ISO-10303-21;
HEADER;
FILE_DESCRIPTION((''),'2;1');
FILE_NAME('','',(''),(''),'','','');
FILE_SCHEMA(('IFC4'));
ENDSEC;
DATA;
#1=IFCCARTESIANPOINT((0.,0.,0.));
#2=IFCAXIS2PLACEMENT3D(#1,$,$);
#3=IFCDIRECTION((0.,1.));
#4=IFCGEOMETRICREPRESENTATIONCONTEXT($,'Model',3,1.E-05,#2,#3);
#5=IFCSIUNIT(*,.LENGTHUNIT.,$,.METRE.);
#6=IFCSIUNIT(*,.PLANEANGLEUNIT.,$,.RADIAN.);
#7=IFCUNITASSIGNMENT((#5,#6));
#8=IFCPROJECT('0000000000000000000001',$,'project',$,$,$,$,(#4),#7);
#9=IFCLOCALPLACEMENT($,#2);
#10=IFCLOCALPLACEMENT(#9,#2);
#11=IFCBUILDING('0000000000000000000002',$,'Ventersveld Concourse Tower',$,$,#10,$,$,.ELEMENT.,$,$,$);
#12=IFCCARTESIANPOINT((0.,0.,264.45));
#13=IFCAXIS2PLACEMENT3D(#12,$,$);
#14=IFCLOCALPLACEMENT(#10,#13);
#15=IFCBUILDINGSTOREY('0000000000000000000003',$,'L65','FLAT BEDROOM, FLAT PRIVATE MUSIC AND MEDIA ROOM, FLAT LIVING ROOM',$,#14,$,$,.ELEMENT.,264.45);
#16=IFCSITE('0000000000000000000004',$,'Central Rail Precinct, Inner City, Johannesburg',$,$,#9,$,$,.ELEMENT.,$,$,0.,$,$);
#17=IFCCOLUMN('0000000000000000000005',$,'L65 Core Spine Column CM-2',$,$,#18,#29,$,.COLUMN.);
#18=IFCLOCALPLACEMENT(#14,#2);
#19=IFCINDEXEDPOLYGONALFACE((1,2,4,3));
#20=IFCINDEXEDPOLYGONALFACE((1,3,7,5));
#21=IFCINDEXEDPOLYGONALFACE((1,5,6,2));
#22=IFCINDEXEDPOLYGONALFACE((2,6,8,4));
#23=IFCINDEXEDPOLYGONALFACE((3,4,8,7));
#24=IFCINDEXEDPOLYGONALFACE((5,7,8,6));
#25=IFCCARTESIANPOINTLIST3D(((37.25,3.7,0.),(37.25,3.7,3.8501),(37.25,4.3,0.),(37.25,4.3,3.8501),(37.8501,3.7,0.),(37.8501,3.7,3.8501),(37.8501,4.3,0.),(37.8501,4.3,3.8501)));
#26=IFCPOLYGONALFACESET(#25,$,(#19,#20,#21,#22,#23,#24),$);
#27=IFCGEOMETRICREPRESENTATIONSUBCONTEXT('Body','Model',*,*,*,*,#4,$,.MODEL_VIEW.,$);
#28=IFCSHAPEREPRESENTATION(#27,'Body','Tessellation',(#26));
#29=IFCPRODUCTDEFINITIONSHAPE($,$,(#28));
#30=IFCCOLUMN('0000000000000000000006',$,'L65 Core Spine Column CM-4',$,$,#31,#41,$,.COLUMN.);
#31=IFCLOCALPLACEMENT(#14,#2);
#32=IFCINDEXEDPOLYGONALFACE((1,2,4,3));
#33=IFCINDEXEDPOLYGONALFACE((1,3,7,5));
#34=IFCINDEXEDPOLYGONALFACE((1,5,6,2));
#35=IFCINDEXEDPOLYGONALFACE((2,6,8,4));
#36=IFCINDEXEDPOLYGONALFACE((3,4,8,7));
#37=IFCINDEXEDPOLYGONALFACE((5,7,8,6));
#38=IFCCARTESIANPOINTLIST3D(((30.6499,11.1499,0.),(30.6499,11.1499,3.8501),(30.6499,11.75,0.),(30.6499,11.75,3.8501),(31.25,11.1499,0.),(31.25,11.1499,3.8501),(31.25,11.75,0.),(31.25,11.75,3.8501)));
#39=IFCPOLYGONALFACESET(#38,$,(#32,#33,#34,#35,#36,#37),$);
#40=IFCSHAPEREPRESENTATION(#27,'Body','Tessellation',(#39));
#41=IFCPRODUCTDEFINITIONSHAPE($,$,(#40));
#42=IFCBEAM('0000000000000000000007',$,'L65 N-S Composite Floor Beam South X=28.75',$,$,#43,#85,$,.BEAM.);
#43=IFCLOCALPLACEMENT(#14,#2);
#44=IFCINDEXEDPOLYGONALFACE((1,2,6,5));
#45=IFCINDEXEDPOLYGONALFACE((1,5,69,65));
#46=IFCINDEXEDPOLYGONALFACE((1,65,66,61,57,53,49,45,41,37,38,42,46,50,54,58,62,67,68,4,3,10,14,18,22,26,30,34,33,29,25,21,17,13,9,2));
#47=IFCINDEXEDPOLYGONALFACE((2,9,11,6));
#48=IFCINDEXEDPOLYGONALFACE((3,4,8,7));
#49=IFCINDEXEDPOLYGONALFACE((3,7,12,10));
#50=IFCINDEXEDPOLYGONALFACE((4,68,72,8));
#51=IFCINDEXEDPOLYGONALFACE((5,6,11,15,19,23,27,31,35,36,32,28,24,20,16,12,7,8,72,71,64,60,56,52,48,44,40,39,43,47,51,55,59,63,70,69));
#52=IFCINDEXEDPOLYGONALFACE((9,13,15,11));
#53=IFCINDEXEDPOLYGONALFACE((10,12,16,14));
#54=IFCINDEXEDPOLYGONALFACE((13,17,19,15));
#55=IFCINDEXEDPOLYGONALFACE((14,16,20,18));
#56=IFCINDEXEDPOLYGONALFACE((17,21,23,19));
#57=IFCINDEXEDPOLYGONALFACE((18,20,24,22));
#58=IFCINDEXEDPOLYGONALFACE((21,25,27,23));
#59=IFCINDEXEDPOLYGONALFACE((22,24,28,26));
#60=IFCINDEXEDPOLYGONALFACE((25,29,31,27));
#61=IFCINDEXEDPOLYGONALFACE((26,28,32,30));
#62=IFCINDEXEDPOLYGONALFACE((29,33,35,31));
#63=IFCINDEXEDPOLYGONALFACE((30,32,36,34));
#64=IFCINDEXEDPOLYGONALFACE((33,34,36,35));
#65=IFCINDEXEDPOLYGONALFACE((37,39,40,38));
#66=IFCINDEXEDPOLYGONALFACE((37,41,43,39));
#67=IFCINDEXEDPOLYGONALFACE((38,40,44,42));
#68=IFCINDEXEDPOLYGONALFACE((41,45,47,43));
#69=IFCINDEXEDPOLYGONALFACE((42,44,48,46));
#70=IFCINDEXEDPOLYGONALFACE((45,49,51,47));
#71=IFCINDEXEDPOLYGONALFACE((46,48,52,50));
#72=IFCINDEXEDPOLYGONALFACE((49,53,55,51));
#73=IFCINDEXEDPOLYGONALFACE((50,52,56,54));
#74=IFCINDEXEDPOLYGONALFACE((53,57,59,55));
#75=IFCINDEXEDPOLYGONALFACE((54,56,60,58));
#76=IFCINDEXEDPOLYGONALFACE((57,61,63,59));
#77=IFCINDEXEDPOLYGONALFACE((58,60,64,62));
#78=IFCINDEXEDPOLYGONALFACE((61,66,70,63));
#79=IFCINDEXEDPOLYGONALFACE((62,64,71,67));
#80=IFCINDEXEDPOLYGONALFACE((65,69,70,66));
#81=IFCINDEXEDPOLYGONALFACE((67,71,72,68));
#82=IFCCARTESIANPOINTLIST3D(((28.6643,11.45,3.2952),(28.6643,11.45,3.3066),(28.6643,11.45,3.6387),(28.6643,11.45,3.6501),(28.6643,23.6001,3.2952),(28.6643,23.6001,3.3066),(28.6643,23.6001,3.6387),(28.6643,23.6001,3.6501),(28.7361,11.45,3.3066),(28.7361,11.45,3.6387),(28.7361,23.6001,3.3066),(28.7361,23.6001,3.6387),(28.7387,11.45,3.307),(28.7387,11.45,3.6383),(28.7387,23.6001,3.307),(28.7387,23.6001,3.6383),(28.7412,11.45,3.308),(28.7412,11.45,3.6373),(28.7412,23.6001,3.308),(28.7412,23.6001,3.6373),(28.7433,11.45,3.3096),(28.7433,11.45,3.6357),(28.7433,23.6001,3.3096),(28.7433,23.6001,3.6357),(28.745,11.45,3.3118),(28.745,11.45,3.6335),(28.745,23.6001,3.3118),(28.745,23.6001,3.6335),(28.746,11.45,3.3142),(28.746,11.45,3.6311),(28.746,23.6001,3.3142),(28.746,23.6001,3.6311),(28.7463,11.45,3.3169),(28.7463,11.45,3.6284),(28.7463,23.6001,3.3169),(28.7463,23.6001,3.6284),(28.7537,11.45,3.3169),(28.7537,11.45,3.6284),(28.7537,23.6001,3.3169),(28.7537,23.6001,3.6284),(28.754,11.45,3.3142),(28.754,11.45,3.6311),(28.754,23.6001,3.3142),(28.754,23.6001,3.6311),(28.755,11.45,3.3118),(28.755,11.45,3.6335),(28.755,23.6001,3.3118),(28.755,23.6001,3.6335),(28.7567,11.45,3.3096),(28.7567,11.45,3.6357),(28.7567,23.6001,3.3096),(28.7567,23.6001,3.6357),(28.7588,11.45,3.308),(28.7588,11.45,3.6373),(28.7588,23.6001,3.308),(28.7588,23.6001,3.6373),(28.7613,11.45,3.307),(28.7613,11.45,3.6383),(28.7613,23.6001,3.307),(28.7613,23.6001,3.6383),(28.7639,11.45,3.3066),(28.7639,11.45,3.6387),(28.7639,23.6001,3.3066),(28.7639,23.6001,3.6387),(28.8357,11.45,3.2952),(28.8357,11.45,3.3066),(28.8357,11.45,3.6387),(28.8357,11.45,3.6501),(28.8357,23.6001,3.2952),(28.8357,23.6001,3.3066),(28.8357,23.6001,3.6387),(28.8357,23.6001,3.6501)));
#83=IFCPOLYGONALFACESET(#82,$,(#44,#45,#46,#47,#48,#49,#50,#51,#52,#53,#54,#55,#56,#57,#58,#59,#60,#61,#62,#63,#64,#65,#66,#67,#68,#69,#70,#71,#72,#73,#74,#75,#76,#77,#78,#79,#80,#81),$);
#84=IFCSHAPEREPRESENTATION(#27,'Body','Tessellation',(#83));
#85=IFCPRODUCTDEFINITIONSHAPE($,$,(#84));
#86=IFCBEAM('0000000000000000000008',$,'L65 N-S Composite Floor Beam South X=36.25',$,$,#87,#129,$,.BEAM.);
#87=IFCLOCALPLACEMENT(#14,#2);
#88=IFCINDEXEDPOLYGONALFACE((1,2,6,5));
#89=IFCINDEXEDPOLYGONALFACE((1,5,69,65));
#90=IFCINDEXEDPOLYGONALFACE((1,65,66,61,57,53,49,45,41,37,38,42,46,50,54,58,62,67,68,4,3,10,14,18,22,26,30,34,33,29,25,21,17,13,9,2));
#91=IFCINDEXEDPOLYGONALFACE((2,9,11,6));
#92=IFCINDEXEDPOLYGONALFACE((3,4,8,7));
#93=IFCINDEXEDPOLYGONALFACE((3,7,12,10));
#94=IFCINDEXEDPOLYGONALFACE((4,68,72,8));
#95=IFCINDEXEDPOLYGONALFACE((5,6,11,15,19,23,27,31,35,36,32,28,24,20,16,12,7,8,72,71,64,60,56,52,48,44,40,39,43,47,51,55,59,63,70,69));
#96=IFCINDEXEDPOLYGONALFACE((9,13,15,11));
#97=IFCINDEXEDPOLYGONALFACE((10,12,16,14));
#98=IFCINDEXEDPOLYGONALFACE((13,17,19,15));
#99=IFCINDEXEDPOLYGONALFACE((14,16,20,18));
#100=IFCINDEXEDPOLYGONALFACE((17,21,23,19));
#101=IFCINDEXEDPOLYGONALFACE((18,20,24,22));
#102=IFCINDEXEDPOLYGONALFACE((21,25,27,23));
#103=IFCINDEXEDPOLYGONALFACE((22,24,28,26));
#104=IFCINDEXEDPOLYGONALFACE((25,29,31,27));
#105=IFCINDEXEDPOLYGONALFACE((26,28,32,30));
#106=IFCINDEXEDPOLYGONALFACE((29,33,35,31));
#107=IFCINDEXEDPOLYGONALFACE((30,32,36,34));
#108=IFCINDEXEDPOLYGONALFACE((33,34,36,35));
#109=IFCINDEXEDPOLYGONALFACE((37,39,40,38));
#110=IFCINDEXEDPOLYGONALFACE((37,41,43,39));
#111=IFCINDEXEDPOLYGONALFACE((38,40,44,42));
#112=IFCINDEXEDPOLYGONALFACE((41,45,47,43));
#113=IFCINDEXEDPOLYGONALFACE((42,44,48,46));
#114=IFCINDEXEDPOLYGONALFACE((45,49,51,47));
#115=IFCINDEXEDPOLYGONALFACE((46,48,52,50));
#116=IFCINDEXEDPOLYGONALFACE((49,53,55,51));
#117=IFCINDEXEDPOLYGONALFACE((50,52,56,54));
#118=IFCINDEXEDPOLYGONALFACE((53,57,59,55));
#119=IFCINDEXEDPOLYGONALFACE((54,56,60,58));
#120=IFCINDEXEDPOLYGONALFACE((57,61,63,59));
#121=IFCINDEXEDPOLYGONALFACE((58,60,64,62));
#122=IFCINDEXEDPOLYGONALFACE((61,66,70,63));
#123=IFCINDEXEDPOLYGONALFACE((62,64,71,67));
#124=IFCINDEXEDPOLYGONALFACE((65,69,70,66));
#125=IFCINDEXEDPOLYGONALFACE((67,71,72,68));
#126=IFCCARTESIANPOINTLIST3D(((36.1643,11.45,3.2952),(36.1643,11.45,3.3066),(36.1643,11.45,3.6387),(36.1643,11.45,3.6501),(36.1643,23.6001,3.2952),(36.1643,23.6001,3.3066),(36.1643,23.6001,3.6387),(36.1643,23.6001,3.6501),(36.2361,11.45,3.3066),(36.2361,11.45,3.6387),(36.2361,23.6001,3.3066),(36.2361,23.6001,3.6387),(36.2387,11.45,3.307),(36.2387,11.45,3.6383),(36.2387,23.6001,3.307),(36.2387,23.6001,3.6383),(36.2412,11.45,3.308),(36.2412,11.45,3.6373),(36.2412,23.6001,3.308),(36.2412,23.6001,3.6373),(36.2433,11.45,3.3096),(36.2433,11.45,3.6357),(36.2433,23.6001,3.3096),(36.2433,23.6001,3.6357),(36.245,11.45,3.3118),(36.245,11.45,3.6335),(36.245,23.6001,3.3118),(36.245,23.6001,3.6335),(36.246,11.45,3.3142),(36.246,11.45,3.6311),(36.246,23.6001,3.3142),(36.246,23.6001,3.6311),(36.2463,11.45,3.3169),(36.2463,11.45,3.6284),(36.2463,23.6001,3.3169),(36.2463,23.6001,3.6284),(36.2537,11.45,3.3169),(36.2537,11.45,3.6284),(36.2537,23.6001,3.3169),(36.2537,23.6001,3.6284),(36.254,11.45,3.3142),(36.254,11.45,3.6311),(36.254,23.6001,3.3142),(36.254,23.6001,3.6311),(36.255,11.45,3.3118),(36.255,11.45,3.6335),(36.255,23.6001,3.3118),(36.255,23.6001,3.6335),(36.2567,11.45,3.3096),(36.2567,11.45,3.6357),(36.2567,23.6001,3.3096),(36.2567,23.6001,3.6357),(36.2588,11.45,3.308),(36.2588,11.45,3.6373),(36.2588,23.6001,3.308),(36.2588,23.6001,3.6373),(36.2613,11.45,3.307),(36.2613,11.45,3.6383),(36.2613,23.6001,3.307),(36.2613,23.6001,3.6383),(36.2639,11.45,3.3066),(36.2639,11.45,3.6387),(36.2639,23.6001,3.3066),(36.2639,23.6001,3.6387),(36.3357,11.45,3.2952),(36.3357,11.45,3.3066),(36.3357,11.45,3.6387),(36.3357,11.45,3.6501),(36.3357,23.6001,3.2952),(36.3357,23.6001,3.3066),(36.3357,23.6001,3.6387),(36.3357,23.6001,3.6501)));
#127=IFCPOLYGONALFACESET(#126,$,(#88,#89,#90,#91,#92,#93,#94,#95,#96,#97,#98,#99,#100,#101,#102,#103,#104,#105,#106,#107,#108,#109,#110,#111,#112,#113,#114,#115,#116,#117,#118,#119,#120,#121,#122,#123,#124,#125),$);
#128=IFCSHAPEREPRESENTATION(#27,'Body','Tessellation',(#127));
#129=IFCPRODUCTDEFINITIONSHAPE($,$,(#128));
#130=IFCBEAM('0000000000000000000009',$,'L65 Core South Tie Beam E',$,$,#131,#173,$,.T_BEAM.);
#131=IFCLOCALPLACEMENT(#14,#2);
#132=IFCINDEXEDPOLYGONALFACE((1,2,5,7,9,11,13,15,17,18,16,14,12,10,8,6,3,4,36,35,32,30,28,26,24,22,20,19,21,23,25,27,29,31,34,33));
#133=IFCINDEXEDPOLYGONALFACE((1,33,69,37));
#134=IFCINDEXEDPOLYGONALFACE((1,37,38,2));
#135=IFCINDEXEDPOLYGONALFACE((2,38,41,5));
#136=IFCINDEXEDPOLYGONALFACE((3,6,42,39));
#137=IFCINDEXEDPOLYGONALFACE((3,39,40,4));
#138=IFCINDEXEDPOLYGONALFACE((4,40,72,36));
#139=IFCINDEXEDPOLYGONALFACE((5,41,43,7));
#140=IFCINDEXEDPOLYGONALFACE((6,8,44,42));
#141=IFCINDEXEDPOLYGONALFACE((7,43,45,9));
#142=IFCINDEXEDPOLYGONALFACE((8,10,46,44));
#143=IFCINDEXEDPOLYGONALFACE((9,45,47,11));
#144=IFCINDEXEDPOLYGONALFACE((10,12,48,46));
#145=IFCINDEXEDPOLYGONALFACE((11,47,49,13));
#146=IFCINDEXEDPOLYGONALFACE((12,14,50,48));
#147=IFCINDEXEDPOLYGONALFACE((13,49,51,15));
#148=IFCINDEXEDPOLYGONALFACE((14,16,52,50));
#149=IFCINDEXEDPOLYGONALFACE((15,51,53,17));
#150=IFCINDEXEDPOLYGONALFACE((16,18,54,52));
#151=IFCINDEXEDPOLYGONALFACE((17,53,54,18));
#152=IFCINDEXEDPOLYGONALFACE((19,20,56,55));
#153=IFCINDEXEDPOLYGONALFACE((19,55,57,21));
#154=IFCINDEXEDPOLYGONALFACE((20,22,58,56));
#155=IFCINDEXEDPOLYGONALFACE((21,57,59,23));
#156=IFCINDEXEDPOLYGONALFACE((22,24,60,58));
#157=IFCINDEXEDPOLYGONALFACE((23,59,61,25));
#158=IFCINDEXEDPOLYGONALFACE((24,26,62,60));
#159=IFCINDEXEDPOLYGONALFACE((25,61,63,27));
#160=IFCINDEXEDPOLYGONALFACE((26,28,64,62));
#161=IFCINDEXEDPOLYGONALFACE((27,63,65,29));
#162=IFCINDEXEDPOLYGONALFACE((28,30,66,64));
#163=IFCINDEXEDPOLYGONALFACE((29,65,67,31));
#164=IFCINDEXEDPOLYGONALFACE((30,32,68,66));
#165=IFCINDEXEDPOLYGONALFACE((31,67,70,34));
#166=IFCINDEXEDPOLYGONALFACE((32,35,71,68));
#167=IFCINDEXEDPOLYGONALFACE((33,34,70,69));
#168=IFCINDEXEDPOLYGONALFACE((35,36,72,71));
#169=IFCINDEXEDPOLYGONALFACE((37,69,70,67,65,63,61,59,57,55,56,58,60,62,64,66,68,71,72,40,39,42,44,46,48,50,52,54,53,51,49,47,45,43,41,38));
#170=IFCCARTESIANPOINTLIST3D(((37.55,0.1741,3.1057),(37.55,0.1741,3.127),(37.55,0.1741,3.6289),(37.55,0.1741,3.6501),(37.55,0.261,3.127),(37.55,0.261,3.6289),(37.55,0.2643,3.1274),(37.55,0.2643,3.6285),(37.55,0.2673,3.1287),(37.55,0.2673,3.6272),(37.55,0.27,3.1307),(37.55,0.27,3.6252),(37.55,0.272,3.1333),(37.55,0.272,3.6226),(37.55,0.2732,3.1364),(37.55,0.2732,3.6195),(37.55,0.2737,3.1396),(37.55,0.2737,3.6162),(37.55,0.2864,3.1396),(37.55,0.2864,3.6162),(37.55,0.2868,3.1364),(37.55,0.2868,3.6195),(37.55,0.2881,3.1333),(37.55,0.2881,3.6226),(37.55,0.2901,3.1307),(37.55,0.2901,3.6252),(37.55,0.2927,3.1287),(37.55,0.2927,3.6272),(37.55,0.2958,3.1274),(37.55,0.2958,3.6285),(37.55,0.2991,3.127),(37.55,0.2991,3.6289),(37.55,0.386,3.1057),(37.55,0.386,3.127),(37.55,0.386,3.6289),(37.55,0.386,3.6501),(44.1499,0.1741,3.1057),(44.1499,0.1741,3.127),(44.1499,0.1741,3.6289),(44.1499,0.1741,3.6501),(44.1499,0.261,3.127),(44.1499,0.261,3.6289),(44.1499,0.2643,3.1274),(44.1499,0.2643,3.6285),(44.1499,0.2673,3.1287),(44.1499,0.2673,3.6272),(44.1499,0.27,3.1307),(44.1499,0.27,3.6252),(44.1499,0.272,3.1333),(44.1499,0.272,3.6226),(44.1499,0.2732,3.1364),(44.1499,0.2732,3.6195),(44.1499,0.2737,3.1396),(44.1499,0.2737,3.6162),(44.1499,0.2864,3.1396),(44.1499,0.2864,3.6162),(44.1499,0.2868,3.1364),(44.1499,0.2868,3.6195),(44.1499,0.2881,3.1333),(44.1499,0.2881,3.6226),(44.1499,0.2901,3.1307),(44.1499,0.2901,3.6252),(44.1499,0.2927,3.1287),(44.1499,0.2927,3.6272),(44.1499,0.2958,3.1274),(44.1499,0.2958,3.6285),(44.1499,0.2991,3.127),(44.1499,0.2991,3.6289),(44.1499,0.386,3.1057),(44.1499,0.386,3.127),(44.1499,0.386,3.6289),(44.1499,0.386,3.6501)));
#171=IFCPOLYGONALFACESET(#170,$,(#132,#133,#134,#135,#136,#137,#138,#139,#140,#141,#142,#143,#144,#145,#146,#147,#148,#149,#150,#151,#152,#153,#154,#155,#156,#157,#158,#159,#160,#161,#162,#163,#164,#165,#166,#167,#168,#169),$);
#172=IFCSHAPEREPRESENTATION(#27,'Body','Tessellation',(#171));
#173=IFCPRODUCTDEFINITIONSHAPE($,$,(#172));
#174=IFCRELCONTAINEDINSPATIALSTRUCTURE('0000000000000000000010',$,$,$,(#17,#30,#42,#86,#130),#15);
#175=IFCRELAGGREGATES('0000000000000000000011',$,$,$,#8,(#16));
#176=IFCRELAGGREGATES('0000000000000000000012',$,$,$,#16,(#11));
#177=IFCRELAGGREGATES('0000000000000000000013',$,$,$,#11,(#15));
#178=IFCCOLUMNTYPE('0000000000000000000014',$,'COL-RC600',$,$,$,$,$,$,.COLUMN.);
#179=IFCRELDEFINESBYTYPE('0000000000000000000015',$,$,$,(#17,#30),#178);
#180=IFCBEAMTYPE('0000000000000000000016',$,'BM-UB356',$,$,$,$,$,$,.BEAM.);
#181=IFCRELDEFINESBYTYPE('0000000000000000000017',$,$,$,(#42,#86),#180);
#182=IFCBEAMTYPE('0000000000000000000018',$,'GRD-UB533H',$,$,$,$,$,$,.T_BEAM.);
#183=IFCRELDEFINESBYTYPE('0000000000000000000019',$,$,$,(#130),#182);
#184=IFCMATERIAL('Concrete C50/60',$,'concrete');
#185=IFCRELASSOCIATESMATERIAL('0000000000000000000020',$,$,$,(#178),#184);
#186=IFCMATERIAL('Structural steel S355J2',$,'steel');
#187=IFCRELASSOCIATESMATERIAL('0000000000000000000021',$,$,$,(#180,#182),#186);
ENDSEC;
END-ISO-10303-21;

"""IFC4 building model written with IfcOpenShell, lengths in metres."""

from ifc_helpers import new_model, si_unit, direction, frame, origin, origin_2d, place, context, subcontext, project, spatial, rectangle, i_section, extrude, material, material_profile, profile_set, type_object, element, save


model = new_model("IFC4")

# Units and contexts
model_context = context("Model", 3, precision=1e-05, world=origin(), true_north=direction((0.0, 1.0)))
body_context = subcontext(model_context, "Body", "Model", "MODEL_VIEW")
ifc_project = project(units=[si_unit("LENGTHUNIT", "METRE"), si_unit("PLANEANGLEUNIT", "RADIAN")], contexts=[model_context])

# Site, building, storey
site_placement = place(None, origin())
site = spatial("IfcSite", under=ifc_project, at=site_placement, Name="Central Rail Precinct, Inner City, Johannesburg", CompositionType="ELEMENT", RefElevation=0.0)
building_placement = place(site_placement, origin())
building = spatial("IfcBuilding", under=site, at=building_placement, Name="Ventersveld Concourse Tower", CompositionType="ELEMENT")
storey_placement = place(building_placement, frame((0.0, 0.0, 264.45)))
storey = spatial("IfcBuildingStorey", under=building, at=storey_placement, Name="L65", Description="FLAT BEDROOM, FLAT PRIVATE MUSIC AND MEDIA ROOM, FLAT LIVING ROOM", CompositionType="ELEMENT", Elevation=264.45)

# Columns
ifc_material_1 = material(Name="Concrete C50/60", Category="concrete")
ifc_material_profile_1 = material_profile(ifc_material_1, rectangle(XDim=0.6001, YDim=0.6001, at=origin_2d()), Name="RC 600x600")
ifc_profile_set_1 = profile_set([ifc_material_profile_1], Name="Concrete C50/60")
column_type = type_object("IfcColumnType", Name="COL-RC600", PredefinedType="COLUMN", material=ifc_profile_set_1)
for number, where, z_axis, x_axis, name in (
    (1, (37.55, 4.0, 0.0), (0.0, 0.0, 1.0), (1.0, 0.0, 0.0), "L65 Core Spine Column CM-2"),
    (2, (30.95, 11.45, 0.0), (0.0, 0.0, 1.0), (1.0, 0.0, 0.0), "L65 Core Spine Column CM-4"),
):
    element("IfcColumn", number, at=place(storey_placement, frame(where, z_axis=z_axis, x_axis=x_axis)), inside=storey, type_object=column_type, Name=name, PredefinedType="COLUMN", context=body_context, shape_type="SweptSolid", body=[
        extrude(rectangle(XDim=0.6001, YDim=0.6001, at=origin_2d()), origin(), (0.0, 0.0, 1.0), 3.8501),
    ])

# Beams
ifc_material_2 = material(Name="Structural steel S355J2", Category="steel")
ifc_material_profile_2 = material_profile(ifc_material_2, i_section(OverallWidth=0.1714, OverallDepth=0.355, WebThickness=0.0073, FlangeThickness=0.0115, FilletRadius=0.0103, at=origin_2d()), Name="UB 356x171x51")
ifc_profile_set_2 = profile_set([ifc_material_profile_2], Name="Structural steel S355J2")
beam_type_1 = type_object("IfcBeamType", Name="BM-UB356", PredefinedType="BEAM", material=ifc_profile_set_2)
for number, where, z_axis, x_axis, name in (
    (3, (28.75, 11.45, 3.4727), (0.0, 1.0, 0.0), (-1.0, 0.0, 0.0), "L65 N-S Composite Floor Beam South X=28.75"),
    (4, (36.25, 11.45, 3.4727), (0.0, 1.0, 0.0), (-1.0, 0.0, 0.0), "L65 N-S Composite Floor Beam South X=36.25"),
):
    element("IfcBeam", number, at=place(storey_placement, frame(where, z_axis=z_axis, x_axis=x_axis)), inside=storey, type_object=beam_type_1, Name=name, PredefinedType="BEAM", context=body_context, shape_type="SweptSolid", body=[
        extrude(i_section(OverallWidth=0.1714, OverallDepth=0.355, WebThickness=0.0073, FlangeThickness=0.0115, FilletRadius=0.0103, at=origin_2d()), origin(), (0.0, 0.0, 1.0), 12.1501),
    ])
ifc_material_profile_3 = material_profile(ifc_material_2, i_section(OverallWidth=0.2119, OverallDepth=0.5444, WebThickness=0.0127, FlangeThickness=0.0212, FilletRadius=0.0127, at=origin_2d()), Name="UB 533x210x122")
ifc_profile_set_3 = profile_set([ifc_material_profile_3], Name="Structural steel S355J2")
beam_type_2 = type_object("IfcBeamType", Name="GRD-UB533H", PredefinedType="T_BEAM", material=ifc_profile_set_3)
beam_1_placement = place(storey_placement, frame((37.55, 0.28, 3.3779), z_axis=(1.0, 0.0, 0.0), x_axis=(0.0, 1.0, 0.0)))
element("IfcBeam", 5, at=beam_1_placement, inside=storey, type_object=beam_type_2, Name="L65 Core South Tie Beam E", PredefinedType="T_BEAM", context=body_context, shape_type="SweptSolid", body=[
    extrude(i_section(OverallWidth=0.2119, OverallDepth=0.5444, WebThickness=0.0127, FlangeThickness=0.0212, FilletRadius=0.0127, at=origin_2d()), origin(), (0.0, 0.0, 1.0), 6.5999),
])

save(model, "model.ifc")
